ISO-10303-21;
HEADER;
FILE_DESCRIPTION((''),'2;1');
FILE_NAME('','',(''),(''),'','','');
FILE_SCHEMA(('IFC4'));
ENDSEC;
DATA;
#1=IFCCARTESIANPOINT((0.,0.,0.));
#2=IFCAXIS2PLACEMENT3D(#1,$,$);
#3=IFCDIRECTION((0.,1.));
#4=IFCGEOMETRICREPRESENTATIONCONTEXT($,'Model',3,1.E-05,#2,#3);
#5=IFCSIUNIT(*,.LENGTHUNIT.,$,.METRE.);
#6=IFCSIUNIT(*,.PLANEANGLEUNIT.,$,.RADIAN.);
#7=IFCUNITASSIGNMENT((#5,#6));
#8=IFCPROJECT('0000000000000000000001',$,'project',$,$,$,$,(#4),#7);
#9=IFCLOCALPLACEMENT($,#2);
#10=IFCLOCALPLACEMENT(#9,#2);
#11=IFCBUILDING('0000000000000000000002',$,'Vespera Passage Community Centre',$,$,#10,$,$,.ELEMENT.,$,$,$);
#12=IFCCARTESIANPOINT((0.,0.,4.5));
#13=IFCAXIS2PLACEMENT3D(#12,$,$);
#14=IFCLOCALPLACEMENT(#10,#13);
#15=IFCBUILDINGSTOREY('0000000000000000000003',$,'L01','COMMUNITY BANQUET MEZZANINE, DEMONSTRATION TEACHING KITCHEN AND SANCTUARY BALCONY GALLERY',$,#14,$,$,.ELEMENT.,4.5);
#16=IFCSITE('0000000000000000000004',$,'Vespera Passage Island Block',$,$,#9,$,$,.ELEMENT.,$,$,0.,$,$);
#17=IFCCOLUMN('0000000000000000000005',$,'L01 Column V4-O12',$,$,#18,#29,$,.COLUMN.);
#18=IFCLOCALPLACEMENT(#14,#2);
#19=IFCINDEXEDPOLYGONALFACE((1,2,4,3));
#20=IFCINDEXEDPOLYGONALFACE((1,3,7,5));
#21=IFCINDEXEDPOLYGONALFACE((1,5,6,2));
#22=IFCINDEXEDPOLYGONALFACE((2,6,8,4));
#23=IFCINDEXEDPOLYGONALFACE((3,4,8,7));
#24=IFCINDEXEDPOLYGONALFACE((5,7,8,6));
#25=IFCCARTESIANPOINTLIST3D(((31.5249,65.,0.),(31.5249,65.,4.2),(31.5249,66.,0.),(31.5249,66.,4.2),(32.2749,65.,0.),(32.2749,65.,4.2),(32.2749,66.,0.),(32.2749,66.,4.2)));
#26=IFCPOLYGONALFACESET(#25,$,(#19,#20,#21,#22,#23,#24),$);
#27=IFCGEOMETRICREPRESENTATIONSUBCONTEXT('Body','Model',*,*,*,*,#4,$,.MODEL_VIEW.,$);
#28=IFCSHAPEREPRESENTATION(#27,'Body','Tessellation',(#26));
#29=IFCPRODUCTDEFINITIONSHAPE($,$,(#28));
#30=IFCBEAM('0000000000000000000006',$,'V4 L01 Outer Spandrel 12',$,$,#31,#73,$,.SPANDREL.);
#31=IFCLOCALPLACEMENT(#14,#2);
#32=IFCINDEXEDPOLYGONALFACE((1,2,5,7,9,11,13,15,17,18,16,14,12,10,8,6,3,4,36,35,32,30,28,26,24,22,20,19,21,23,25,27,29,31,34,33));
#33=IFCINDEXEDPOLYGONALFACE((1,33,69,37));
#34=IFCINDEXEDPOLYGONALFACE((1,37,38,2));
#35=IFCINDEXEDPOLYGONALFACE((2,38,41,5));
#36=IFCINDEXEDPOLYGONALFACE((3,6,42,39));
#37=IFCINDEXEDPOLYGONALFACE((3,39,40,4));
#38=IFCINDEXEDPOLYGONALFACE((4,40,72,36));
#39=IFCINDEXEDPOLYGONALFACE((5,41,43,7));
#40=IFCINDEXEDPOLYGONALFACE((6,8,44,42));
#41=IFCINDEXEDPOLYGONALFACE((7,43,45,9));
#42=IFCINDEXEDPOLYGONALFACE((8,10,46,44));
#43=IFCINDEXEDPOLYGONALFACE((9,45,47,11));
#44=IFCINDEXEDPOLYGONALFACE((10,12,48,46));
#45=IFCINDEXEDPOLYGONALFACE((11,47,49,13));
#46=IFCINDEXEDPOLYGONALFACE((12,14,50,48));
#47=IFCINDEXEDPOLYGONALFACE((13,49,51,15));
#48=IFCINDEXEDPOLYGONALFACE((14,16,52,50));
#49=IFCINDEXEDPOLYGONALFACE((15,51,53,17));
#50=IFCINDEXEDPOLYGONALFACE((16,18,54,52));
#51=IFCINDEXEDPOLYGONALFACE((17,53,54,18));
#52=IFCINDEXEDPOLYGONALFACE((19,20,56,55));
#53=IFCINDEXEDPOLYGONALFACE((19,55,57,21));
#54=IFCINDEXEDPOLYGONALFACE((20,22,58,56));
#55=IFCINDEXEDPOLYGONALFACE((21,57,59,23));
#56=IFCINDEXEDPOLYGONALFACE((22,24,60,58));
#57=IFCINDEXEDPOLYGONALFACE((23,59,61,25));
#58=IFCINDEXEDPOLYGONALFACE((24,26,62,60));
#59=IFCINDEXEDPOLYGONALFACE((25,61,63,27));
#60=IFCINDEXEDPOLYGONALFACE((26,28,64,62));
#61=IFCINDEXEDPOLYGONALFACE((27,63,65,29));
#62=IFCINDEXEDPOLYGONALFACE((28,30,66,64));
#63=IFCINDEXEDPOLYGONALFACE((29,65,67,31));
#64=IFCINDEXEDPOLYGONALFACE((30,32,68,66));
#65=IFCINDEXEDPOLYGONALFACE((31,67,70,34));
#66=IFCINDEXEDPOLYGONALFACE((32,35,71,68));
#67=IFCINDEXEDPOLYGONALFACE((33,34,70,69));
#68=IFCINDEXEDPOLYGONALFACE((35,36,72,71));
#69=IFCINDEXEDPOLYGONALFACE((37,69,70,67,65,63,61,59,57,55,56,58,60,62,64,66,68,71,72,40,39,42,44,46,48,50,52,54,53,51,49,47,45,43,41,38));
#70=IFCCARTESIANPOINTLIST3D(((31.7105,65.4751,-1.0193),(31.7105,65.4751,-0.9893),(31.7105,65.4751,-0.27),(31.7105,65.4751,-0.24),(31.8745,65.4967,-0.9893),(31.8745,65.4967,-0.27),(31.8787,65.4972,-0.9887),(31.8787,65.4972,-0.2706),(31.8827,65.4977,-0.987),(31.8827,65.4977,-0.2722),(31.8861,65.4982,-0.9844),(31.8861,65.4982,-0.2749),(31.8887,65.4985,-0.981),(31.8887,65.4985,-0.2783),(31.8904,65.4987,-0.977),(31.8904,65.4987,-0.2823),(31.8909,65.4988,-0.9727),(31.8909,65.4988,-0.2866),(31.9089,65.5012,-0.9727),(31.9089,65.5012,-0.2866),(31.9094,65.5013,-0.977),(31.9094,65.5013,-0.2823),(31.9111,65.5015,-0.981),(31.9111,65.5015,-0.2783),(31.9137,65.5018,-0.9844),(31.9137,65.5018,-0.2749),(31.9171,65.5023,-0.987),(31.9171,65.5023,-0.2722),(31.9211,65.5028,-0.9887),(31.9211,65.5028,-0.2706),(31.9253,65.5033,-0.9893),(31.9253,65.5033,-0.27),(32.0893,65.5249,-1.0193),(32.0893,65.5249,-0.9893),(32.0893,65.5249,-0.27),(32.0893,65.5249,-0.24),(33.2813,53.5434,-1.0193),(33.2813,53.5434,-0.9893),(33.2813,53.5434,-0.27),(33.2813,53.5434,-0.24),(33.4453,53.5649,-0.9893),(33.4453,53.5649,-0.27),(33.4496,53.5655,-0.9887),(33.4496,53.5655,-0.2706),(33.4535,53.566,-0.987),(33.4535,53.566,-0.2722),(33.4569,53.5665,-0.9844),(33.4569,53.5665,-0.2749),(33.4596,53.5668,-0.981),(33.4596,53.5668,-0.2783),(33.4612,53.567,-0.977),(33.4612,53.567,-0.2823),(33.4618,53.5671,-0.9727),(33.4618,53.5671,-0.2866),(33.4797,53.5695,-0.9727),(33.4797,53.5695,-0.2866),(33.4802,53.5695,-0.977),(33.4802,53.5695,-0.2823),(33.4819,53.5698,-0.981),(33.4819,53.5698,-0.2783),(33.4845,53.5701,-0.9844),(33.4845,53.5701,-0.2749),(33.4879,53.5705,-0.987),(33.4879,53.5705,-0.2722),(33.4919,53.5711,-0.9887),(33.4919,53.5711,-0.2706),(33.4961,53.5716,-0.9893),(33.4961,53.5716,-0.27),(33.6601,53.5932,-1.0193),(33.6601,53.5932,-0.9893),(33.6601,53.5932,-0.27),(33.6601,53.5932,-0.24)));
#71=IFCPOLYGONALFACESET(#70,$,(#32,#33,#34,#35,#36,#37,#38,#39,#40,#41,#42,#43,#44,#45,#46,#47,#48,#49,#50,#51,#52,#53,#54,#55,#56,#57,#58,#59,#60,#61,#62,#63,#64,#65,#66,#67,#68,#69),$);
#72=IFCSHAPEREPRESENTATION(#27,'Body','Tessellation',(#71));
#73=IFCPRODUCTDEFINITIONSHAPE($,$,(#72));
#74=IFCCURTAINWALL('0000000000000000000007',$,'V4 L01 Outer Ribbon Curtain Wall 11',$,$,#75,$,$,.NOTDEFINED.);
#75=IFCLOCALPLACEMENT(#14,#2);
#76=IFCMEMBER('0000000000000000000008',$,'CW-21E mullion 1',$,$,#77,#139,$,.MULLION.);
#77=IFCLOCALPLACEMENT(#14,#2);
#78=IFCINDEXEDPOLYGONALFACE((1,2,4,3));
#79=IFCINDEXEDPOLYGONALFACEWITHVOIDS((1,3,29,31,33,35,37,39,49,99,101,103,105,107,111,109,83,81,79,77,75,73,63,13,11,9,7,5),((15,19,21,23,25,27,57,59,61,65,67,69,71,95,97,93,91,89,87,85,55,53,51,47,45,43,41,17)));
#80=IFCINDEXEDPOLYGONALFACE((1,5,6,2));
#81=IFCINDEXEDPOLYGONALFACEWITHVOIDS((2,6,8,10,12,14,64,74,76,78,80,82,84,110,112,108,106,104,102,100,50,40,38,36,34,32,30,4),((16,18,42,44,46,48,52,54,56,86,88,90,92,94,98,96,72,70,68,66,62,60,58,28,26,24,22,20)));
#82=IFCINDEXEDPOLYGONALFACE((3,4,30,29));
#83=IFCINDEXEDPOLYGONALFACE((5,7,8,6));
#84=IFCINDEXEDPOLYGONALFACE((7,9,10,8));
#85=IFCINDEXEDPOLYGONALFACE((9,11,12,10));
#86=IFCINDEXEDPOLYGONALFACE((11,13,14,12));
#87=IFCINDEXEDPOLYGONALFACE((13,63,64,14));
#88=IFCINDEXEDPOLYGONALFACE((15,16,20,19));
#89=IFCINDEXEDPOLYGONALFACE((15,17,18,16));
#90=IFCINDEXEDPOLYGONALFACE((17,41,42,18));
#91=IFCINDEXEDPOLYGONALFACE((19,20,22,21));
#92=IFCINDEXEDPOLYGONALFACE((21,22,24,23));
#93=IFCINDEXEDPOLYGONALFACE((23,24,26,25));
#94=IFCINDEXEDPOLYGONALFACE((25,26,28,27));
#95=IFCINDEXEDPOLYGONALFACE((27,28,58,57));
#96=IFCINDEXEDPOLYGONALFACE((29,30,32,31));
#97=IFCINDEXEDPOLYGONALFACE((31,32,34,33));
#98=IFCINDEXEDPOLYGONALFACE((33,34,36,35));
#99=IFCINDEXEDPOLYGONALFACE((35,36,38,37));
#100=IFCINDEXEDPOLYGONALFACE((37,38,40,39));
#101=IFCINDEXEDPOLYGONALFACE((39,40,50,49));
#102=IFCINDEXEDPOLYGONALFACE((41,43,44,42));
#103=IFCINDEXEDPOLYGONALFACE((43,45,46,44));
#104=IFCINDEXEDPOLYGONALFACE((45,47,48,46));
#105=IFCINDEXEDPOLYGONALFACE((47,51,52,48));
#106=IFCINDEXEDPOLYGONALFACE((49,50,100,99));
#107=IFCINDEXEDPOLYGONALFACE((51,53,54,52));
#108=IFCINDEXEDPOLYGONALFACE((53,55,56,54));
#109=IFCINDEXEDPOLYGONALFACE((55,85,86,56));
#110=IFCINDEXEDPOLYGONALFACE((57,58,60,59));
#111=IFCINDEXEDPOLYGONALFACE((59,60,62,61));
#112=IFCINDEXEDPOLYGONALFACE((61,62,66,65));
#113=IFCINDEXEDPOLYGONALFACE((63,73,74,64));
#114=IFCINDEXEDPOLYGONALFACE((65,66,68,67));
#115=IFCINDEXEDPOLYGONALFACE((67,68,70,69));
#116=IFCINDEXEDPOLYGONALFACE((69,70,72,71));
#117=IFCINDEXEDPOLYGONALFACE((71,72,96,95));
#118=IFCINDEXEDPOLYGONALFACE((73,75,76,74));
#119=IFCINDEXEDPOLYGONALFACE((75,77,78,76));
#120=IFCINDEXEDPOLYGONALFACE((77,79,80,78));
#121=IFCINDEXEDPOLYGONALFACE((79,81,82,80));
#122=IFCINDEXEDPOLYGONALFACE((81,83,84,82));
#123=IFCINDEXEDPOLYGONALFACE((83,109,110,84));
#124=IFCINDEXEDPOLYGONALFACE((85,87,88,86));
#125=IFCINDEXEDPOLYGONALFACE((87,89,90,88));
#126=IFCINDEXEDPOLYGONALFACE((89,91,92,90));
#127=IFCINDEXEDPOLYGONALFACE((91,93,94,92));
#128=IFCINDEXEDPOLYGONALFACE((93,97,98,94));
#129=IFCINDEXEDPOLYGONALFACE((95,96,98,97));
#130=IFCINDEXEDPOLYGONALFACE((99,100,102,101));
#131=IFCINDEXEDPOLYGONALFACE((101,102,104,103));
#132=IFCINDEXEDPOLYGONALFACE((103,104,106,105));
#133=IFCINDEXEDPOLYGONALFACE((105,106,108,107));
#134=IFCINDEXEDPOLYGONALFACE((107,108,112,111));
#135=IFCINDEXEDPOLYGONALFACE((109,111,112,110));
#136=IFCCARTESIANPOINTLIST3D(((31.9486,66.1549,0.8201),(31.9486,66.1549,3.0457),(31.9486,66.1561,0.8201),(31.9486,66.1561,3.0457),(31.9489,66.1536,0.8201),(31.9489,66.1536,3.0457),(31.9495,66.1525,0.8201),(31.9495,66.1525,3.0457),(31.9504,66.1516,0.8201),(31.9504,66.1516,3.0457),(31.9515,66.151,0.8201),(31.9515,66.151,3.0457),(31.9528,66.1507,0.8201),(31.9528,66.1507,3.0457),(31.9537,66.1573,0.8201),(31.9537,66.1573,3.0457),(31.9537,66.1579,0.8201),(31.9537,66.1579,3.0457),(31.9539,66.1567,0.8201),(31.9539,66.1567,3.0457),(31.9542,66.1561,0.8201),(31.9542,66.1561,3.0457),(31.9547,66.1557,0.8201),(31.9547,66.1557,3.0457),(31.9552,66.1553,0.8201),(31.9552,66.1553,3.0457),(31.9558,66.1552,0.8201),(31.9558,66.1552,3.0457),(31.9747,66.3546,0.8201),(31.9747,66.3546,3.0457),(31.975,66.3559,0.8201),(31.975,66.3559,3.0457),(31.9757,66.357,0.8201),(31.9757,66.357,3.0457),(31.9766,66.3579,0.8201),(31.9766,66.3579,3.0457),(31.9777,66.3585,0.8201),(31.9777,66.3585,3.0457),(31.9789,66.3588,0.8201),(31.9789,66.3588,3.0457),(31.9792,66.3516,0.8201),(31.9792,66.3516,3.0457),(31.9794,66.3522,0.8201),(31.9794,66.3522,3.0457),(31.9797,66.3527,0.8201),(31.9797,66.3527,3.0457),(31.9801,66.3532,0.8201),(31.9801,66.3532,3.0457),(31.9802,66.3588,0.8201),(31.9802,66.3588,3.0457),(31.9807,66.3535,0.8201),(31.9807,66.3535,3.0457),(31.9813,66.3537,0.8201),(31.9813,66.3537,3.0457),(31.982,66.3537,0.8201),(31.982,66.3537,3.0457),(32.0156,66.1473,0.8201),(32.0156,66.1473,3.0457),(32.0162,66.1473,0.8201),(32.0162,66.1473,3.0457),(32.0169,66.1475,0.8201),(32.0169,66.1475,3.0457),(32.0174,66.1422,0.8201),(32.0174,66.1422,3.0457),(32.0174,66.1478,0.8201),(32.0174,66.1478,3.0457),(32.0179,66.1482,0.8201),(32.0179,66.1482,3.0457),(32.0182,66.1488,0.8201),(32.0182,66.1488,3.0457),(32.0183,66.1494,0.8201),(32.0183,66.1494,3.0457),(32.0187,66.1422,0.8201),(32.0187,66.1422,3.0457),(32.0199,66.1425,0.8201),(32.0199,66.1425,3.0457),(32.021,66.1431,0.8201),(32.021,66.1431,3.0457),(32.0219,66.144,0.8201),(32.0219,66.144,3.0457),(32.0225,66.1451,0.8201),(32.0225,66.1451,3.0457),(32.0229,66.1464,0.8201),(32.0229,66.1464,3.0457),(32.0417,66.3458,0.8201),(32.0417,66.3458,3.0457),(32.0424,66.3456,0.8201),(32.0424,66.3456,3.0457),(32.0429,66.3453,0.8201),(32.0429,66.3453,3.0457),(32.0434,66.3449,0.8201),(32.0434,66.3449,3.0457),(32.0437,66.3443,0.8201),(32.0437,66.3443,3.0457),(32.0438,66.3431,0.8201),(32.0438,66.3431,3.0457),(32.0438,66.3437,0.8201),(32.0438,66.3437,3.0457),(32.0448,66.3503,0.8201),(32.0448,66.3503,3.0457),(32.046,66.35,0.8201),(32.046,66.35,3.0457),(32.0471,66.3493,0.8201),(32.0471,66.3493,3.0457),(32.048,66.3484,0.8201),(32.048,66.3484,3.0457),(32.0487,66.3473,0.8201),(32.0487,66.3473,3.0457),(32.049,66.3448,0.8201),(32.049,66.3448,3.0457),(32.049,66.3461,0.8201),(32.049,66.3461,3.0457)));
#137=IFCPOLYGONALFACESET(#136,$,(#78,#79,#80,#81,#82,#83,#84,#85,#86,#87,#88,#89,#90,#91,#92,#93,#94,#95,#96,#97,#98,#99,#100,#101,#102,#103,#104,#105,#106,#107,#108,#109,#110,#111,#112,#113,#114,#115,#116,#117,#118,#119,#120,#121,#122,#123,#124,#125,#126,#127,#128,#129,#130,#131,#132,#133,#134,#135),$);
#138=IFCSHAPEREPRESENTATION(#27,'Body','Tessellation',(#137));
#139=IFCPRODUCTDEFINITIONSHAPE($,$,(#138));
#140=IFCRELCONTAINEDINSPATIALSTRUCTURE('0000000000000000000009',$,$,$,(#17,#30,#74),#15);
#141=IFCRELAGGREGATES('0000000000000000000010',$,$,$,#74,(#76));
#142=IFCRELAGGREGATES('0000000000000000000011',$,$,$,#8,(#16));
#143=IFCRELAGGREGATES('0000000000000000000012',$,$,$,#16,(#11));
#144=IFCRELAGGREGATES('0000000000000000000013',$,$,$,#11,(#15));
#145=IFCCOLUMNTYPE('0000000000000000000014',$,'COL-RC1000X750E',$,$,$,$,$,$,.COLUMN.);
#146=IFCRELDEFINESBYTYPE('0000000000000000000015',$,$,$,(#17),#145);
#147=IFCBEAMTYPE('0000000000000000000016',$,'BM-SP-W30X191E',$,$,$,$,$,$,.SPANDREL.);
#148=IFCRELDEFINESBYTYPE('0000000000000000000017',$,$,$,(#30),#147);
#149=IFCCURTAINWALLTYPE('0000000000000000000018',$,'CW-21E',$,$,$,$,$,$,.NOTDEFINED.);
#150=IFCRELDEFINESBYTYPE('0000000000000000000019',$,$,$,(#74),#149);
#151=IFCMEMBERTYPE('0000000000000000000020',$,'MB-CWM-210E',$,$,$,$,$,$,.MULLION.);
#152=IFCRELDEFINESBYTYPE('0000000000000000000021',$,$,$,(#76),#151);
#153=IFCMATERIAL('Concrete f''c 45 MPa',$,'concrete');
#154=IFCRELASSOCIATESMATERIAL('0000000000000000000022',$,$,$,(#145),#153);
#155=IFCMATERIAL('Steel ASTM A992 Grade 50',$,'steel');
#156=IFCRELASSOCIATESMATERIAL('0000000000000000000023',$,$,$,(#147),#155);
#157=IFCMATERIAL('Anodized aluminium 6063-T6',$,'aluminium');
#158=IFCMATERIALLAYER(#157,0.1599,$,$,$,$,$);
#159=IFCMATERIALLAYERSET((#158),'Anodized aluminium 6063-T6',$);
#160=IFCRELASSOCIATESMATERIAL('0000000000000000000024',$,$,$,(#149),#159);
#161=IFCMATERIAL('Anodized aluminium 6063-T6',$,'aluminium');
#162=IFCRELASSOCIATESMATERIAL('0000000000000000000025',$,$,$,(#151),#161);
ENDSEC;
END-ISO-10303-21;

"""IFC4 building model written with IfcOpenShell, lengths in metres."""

from ifc_helpers import new_model, si_unit, direction, frame, origin, origin_2d, place, context, subcontext, project, spatial, rectangle, hollow_rectangle, i_section, extrude, material, layer, layer_set, material_profile, profile_set, type_object, element, aggregate, save


model = new_model("IFC4")

# Units and contexts
model_context = context("Model", 3, precision=1e-05, world=origin(), true_north=direction((0.0, 1.0)))
body_context = subcontext(model_context, "Body", "Model", "MODEL_VIEW")
ifc_project = project(units=[si_unit("LENGTHUNIT", "METRE"), si_unit("PLANEANGLEUNIT", "RADIAN")], contexts=[model_context])

# Site, building, storey
site_placement = place(None, origin())
site = spatial("IfcSite", under=ifc_project, at=site_placement, Name="Vespera Passage Island Block", CompositionType="ELEMENT", RefElevation=0.0)
building_placement = place(site_placement, origin())
building = spatial("IfcBuilding", under=site, at=building_placement, Name="Vespera Passage Community Centre", CompositionType="ELEMENT")
storey_placement = place(building_placement, frame((0.0, 0.0, 4.5)))
storey = spatial("IfcBuildingStorey", under=building, at=storey_placement, Name="L01", Description="COMMUNITY BANQUET MEZZANINE, DEMONSTRATION TEACHING KITCHEN AND SANCTUARY BALCONY GALLERY", CompositionType="ELEMENT", Elevation=4.5)

# Column
ifc_material_1 = material(Name="Concrete f'c 45 MPa", Category="concrete")
ifc_material_profile_1 = material_profile(ifc_material_1, rectangle(XDim=0.75, YDim=1.0, at=origin_2d()), Name="RC1000X750")
ifc_profile_set_1 = profile_set([ifc_material_profile_1], Name="Concrete f'c 45 MPa")
column_type = type_object("IfcColumnType", Name="COL-RC1000X750E", PredefinedType="COLUMN", material=ifc_profile_set_1)
column_placement = place(storey_placement, frame((31.8999, 65.5, 0.0), z_axis=(0.0, 0.0, 1.0), x_axis=(1.0, 0.0, 0.0)))
element("IfcColumn", 1, at=column_placement, inside=storey, type_object=column_type, Name="L01 Column V4-O12", PredefinedType="COLUMN", context=body_context, shape_type="SweptSolid", body=[
    extrude(rectangle(XDim=0.75, YDim=1.0, at=origin_2d()), origin(), (0.0, 0.0, 1.0), 4.2),
])

# Beam
ifc_material_2 = material(Name="Steel ASTM A992 Grade 50", Category="steel")
ifc_material_profile_2 = material_profile(ifc_material_2, i_section(OverallWidth=0.3821, OverallDepth=0.7793, WebThickness=0.0181, FlangeThickness=0.03, FilletRadius=0.0166, at=origin_2d()), Name="W30X191")
ifc_profile_set_2 = profile_set([ifc_material_profile_2], Name="Steel ASTM A992 Grade 50")
beam_type = type_object("IfcBeamType", Name="BM-SP-W30X191E", PredefinedType="SPANDREL", material=ifc_profile_set_2)
beam_placement = place(storey_placement, frame((31.8999, 65.5, -0.6296), z_axis=(0.130524, -0.991445, 0.0), x_axis=(0.991445, 0.130524, 0.0)))
element("IfcBeam", 2, at=beam_placement, inside=storey, type_object=beam_type, Name="V4 L01 Outer Spandrel 12", PredefinedType="SPANDREL", context=body_context, shape_type="SweptSolid", body=[
    extrude(i_section(OverallWidth=0.3821, OverallDepth=0.7793, WebThickness=0.0181, FlangeThickness=0.03, FilletRadius=0.0166, at=origin_2d()), origin(), (0.0, 0.0, 1.0), 12.0347),
])

# Curtain wall, member
ifc_material_3 = material(Name="Anodized aluminium 6063-T6", Category="aluminium")
ifc_layer_1 = layer(ifc_material_3, 0.1599)
ifc_layer_set_1 = layer_set([ifc_layer_1], Name="Anodized aluminium 6063-T6")
curtain_wall_type = type_object("IfcCurtainWallType", Name="CW-21E", PredefinedType="NOTDEFINED", material=ifc_layer_set_1)
curtain_wall_placement = place(storey_placement, origin())
curtain_wall = element("IfcCurtainWall", 3, at=curtain_wall_placement, inside=storey, type_object=curtain_wall_type, Name="V4 L01 Outer Ribbon Curtain Wall 11", PredefinedType="NOTDEFINED")
ifc_material_4 = material(Name="Anodized aluminium 6063-T6", Category="aluminium")
ifc_material_profile_3 = material_profile(ifc_material_4, hollow_rectangle(XDim=0.075, YDim=0.21, WallThickness=0.0049, InnerFilletRadius=0.0024, OuterFilletRadius=0.0049, at=origin_2d()), Name="ALU210X75X5")
ifc_profile_set_3 = profile_set([ifc_material_profile_3], Name="Anodized aluminium 6063-T6")
member_type_1 = type_object("IfcMemberType", Name="MB-CWM-210E", PredefinedType="MULLION", material=ifc_profile_set_3)
member_1_placement = place(storey_placement, frame((31.9988, 66.2505, 0.8201), z_axis=(0.0, 0.0, 1.0), x_axis=(-0.991445, 0.130523, 0.0)))
member_1 = element("IfcMember", 4, at=member_1_placement, type_object=member_type_1, Name="CW-21E mullion 1", PredefinedType="MULLION", context=body_context, shape_type="SweptSolid", body=[
    extrude(hollow_rectangle(XDim=0.075, YDim=0.21, WallThickness=0.0049, InnerFilletRadius=0.0024, OuterFilletRadius=0.0049, at=origin_2d()), origin(), (0.0, 0.0, 1.0), 2.2256),
])
aggregate(curtain_wall, [member_1])

save(model, "model.ifc")
